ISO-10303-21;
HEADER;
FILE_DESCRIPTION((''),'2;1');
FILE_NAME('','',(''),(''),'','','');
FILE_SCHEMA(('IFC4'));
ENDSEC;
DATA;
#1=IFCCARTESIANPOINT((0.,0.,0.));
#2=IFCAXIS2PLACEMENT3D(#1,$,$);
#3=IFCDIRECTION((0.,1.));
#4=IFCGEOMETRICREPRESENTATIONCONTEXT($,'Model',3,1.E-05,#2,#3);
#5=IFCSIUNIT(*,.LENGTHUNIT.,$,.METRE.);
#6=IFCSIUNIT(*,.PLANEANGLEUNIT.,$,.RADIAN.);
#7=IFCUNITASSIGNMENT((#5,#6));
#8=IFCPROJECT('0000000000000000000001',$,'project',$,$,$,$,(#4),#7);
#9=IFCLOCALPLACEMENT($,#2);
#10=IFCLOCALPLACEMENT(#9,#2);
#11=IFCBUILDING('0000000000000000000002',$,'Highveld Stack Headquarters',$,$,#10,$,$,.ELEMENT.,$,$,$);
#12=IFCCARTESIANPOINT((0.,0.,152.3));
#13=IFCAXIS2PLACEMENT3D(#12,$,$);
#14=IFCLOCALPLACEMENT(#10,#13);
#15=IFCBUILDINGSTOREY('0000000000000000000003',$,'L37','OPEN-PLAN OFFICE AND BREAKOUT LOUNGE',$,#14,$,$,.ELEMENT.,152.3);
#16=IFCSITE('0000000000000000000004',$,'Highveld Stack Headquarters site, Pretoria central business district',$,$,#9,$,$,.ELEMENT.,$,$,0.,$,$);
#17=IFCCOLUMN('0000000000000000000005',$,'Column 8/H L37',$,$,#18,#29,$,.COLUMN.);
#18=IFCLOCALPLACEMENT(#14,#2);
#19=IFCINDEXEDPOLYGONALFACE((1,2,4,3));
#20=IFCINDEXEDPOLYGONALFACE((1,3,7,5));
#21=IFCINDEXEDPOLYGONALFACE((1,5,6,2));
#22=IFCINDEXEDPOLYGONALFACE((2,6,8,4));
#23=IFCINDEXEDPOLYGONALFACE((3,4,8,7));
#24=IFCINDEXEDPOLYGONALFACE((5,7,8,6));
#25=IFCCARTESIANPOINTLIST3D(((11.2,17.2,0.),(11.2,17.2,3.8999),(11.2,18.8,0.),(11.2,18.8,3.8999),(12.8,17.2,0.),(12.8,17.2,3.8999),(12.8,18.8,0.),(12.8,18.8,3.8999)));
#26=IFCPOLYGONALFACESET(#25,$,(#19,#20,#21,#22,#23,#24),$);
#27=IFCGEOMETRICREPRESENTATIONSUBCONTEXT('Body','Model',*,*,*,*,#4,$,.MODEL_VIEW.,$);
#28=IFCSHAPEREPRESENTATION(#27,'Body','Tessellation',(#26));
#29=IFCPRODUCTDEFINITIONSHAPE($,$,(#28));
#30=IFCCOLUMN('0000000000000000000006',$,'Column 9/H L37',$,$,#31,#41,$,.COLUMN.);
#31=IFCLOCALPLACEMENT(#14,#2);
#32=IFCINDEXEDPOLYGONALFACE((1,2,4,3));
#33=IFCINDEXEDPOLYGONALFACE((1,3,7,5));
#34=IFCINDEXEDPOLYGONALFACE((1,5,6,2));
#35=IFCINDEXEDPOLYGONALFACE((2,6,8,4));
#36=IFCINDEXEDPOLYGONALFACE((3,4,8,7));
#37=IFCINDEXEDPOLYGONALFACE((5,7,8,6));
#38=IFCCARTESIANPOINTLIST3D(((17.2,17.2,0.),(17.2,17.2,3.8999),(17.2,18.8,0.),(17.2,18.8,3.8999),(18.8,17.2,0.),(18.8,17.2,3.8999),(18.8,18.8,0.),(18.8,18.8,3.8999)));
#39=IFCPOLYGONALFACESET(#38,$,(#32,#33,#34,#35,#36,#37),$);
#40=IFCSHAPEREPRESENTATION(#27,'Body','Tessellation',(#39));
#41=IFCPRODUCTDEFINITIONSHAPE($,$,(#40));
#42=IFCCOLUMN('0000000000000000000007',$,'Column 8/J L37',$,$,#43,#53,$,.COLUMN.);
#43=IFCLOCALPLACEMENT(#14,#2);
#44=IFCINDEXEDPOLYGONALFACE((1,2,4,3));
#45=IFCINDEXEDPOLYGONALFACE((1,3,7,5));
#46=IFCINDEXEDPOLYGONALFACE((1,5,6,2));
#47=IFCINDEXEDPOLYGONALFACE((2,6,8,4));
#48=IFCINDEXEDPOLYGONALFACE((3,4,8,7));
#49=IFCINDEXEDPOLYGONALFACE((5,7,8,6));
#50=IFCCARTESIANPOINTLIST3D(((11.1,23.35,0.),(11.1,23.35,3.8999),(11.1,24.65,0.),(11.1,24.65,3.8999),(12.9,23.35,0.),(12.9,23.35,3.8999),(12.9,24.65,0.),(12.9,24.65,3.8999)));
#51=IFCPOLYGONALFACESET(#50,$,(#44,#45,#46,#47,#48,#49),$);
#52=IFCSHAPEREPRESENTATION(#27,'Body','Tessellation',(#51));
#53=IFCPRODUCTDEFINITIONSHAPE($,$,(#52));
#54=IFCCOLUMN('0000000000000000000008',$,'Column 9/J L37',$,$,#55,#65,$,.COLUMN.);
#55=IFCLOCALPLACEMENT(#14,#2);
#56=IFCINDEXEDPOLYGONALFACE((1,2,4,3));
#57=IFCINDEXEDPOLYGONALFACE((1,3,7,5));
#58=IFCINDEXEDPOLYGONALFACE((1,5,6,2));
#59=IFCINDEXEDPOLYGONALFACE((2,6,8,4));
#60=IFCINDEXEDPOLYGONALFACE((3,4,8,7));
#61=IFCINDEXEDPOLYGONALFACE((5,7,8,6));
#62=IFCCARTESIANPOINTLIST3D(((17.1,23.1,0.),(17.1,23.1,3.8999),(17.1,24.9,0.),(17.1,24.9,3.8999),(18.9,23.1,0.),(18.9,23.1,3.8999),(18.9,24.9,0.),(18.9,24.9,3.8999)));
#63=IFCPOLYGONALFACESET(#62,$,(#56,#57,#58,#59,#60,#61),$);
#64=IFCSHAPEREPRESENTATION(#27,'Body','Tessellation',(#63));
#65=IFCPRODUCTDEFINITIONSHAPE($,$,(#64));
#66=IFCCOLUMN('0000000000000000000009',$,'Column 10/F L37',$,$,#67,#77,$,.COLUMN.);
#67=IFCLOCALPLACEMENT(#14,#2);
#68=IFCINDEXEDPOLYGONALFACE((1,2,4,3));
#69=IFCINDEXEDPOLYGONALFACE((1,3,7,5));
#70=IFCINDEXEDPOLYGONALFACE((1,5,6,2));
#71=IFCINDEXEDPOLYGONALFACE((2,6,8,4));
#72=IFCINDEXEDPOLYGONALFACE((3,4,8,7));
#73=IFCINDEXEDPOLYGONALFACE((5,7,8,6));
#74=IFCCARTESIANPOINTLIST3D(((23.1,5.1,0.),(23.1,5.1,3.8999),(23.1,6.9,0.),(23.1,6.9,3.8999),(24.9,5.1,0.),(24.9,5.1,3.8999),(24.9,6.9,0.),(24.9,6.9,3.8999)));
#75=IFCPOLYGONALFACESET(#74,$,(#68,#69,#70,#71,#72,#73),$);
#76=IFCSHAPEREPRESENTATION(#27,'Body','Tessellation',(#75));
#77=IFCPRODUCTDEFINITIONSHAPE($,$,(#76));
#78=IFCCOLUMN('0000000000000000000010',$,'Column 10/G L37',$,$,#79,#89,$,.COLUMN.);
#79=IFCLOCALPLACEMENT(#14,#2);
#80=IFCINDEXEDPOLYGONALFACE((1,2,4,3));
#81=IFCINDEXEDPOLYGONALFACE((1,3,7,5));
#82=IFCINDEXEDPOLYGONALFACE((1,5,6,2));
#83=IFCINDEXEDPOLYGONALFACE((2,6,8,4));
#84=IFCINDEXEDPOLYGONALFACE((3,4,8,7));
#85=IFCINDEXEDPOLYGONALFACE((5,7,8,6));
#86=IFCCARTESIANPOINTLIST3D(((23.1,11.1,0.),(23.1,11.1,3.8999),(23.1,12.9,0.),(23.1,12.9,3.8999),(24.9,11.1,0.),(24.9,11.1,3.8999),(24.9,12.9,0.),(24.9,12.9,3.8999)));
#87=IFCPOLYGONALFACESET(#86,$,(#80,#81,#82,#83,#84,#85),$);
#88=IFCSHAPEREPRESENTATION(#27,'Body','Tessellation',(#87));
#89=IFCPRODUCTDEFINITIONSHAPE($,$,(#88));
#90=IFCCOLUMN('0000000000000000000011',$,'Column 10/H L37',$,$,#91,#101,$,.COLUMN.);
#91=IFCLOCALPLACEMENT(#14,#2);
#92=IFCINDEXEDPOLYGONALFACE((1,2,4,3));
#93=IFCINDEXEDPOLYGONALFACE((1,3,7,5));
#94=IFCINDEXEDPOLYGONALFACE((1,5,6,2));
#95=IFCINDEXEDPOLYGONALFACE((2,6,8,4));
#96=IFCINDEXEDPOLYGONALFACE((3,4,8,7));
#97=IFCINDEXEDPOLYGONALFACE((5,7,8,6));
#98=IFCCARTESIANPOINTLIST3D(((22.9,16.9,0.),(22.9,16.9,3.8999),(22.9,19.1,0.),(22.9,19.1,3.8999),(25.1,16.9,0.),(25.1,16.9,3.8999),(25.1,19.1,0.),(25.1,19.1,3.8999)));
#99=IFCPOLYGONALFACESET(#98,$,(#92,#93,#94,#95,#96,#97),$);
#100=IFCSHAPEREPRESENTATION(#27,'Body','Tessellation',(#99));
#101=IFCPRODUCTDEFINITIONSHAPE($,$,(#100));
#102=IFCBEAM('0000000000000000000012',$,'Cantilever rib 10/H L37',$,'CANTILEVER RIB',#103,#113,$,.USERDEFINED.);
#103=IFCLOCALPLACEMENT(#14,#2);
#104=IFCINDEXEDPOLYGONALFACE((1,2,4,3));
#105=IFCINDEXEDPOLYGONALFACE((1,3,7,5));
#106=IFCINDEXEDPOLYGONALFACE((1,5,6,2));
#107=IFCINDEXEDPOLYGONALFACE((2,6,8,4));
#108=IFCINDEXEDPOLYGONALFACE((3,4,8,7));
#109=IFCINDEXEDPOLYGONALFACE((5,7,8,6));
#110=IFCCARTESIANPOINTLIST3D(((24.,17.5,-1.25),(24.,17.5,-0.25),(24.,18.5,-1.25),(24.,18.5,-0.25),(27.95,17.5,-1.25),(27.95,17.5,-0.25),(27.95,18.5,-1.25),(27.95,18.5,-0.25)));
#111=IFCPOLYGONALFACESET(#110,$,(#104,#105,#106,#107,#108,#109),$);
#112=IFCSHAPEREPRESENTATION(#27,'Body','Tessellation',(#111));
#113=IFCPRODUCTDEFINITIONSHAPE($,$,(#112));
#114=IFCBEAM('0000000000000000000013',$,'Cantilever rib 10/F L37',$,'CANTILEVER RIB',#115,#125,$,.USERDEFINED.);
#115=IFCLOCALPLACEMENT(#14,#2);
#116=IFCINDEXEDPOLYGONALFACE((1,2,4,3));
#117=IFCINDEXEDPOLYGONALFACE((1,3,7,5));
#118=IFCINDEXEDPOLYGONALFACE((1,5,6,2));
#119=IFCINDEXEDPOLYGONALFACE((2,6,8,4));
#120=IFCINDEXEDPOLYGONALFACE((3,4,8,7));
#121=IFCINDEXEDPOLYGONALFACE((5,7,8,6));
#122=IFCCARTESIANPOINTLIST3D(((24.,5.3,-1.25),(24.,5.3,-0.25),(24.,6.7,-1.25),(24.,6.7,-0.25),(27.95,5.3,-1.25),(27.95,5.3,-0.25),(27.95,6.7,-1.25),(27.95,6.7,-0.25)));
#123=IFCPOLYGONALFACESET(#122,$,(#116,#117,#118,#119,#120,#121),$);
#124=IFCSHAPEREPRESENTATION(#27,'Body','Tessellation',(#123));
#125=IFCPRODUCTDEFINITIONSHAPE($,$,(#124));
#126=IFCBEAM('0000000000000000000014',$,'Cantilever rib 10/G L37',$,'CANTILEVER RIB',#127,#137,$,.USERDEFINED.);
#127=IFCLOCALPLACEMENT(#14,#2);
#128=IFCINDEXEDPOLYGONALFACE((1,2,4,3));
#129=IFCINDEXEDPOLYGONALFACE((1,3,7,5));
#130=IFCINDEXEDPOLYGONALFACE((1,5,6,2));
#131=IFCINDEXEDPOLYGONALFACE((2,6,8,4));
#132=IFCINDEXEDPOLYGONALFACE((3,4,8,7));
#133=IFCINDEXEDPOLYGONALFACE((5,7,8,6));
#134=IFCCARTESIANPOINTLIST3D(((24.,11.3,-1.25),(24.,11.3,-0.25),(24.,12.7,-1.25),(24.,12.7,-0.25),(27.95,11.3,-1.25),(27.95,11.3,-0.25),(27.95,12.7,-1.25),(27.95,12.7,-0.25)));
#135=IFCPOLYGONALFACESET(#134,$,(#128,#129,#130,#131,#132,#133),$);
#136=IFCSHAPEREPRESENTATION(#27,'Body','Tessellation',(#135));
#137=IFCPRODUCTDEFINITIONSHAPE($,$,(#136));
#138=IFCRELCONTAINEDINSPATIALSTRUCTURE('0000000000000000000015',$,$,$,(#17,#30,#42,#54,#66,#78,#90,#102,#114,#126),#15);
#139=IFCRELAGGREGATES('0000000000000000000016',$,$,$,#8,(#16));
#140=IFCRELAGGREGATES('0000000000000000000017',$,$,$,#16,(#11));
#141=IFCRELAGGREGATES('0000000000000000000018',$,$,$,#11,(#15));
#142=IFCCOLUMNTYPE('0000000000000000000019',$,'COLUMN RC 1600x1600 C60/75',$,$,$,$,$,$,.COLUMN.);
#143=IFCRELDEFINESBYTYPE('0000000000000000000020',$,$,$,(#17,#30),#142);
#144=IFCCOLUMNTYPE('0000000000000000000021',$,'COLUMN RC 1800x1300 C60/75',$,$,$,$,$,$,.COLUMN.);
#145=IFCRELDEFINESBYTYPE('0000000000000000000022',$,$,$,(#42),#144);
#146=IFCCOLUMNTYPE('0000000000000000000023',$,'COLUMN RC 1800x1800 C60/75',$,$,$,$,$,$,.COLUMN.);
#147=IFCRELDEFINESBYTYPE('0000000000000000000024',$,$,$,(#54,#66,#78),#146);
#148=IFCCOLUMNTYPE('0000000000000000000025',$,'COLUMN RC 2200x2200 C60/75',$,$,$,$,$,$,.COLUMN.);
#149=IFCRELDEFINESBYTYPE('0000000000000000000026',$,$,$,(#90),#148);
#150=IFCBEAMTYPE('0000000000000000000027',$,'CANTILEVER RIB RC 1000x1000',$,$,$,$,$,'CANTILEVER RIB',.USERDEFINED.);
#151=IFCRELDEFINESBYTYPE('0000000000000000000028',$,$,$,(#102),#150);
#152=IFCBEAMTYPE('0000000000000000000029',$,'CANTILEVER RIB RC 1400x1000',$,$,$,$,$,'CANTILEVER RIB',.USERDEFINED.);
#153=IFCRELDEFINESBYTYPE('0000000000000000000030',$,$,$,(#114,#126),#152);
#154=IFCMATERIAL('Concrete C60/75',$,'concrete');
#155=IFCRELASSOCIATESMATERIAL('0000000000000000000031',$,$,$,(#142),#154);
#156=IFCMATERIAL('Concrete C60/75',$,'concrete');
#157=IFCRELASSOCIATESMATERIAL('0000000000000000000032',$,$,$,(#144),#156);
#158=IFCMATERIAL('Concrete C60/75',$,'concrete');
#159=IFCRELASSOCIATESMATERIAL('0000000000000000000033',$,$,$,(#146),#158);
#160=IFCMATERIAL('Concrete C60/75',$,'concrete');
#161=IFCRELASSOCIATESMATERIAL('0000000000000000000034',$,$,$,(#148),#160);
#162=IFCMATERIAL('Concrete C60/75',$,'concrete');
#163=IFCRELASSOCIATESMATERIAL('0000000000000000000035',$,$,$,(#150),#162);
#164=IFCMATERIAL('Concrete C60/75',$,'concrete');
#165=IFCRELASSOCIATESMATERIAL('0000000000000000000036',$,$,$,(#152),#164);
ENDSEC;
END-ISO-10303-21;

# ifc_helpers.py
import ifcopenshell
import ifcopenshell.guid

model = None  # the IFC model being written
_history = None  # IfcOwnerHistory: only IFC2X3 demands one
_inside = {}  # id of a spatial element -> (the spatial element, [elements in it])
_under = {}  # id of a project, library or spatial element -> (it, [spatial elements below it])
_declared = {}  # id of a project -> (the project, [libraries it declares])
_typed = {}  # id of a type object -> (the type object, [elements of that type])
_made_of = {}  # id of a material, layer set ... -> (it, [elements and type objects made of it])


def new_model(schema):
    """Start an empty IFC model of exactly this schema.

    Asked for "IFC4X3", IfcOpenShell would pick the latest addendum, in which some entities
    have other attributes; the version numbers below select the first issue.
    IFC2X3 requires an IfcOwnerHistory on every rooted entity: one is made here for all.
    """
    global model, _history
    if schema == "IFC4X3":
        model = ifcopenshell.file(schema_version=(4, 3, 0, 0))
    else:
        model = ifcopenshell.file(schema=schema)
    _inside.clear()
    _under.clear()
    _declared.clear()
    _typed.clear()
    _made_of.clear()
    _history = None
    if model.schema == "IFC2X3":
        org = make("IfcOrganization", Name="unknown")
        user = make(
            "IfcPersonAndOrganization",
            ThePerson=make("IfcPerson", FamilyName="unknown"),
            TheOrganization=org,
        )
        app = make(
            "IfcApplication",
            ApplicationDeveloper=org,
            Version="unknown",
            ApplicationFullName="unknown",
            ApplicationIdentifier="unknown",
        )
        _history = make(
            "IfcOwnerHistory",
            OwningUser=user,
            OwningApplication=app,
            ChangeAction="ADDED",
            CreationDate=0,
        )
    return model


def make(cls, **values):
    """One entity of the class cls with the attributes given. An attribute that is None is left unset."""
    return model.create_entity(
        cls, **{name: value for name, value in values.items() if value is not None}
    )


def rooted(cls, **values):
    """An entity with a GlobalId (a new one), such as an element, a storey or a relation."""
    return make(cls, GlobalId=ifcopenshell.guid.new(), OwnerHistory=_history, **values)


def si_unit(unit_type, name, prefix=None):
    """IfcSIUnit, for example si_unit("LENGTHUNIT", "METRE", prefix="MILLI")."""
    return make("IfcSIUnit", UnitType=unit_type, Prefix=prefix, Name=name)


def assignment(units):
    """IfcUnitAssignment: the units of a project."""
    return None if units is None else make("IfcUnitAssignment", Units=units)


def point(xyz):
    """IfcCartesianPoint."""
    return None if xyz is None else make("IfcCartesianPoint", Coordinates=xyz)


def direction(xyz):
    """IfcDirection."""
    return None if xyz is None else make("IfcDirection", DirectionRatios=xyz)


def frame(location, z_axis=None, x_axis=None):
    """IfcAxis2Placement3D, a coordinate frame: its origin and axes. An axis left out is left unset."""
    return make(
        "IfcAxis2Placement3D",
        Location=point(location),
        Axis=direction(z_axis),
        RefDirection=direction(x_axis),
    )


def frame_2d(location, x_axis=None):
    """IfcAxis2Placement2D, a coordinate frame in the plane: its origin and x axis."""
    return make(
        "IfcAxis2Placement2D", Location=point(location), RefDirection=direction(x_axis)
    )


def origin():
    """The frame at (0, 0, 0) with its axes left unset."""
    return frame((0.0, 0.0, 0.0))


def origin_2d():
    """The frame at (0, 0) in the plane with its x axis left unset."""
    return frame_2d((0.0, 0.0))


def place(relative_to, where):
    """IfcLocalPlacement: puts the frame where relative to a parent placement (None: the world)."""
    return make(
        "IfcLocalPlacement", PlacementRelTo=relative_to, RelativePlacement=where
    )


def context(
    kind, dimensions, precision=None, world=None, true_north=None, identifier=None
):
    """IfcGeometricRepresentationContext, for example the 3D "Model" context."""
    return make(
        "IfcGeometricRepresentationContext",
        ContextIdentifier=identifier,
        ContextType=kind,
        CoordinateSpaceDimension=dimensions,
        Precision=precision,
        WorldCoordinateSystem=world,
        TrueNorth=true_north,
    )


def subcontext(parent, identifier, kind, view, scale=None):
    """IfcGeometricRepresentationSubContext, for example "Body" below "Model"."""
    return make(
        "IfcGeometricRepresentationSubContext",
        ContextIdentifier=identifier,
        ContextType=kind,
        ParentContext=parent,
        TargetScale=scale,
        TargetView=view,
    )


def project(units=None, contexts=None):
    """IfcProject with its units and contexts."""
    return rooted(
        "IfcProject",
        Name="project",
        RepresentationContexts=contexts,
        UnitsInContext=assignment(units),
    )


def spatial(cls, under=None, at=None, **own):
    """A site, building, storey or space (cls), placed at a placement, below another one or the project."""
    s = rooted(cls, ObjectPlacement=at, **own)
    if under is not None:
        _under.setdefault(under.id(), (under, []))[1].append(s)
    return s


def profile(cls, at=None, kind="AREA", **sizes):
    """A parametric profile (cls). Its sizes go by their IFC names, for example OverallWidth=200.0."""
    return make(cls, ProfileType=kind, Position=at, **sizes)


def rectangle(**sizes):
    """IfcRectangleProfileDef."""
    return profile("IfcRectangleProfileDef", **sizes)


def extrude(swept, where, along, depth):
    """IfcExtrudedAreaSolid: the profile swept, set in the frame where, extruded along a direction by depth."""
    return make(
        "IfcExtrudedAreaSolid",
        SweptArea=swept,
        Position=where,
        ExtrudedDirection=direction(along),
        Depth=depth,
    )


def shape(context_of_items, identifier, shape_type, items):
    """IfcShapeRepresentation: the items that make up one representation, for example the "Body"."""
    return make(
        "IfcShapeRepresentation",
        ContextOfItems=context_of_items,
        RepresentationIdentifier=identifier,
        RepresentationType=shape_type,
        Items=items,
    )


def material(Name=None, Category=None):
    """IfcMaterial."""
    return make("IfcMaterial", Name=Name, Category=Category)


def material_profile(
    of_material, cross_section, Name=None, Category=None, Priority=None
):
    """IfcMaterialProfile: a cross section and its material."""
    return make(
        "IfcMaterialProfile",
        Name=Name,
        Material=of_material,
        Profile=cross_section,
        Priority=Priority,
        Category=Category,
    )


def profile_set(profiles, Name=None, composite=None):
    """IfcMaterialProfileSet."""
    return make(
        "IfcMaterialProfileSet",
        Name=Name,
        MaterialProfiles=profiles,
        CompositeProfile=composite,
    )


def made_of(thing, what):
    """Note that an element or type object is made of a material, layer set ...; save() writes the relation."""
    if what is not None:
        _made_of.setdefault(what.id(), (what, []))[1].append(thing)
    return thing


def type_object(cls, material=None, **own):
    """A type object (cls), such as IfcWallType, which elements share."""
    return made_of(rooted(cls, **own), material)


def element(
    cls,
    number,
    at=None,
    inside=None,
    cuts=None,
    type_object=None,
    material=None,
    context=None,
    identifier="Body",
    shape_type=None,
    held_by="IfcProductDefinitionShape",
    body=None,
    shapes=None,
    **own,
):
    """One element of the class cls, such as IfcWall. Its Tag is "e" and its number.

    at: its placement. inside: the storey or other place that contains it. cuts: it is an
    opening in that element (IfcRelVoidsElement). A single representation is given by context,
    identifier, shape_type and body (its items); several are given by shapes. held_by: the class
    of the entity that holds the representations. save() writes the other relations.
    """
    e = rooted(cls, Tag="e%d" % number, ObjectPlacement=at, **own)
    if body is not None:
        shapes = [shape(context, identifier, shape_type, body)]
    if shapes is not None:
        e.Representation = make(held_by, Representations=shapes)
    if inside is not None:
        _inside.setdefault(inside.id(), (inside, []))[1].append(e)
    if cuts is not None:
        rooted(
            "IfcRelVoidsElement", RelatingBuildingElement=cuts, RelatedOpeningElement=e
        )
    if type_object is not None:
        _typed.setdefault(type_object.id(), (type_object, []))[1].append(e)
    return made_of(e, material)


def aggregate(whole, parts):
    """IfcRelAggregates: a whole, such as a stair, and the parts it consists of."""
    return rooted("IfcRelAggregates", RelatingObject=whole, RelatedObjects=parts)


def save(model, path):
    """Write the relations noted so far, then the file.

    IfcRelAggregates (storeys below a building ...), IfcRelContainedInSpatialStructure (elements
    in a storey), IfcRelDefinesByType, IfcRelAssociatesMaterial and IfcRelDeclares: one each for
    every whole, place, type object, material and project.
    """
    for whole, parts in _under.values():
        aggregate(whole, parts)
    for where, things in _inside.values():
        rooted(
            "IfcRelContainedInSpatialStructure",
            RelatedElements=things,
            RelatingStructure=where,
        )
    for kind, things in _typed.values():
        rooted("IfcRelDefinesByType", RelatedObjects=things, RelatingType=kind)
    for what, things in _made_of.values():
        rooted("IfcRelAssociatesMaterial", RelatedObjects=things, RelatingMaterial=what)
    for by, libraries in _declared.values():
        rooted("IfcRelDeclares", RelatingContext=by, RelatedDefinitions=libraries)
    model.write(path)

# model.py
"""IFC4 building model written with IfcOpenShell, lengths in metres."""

from ifc_helpers import new_model, si_unit, direction, frame, origin, origin_2d, place, context, subcontext, project, spatial, rectangle, extrude, material, material_profile, profile_set, type_object, element, save


model = new_model("IFC4")

# Units and contexts
model_context = context("Model", 3, precision=1e-05, world=origin(), true_north=direction((0.0, 1.0)))
body_context = subcontext(model_context, "Body", "Model", "MODEL_VIEW")
ifc_project = project(units=[si_unit("LENGTHUNIT", "METRE"), si_unit("PLANEANGLEUNIT", "RADIAN")], contexts=[model_context])

# Site, building, storey
site_placement = place(None, origin())
site = spatial("IfcSite", under=ifc_project, at=site_placement, Name="Highveld Stack Headquarters site, Pretoria central business district", CompositionType="ELEMENT", RefElevation=0.0)
building_placement = place(site_placement, origin())
building = spatial("IfcBuilding", under=site, at=building_placement, Name="Highveld Stack Headquarters", CompositionType="ELEMENT")
storey_placement = place(building_placement, frame((0.0, 0.0, 152.3)))
storey = spatial("IfcBuildingStorey", under=building, at=storey_placement, Name="L37", Description="OPEN-PLAN OFFICE AND BREAKOUT LOUNGE", CompositionType="ELEMENT", Elevation=152.3)

# Columns
ifc_material_1 = material(Name="Concrete C60/75", Category="concrete")
ifc_material_profile_1 = material_profile(ifc_material_1, rectangle(XDim=1.6001, YDim=1.6001, at=origin_2d()), Name="RC 1600x1600")
ifc_profile_set_1 = profile_set([ifc_material_profile_1], Name="Concrete C60/75")
column_type_1 = type_object("IfcColumnType", Name="COLUMN RC 1600x1600 C60/75", PredefinedType="COLUMN", material=ifc_profile_set_1)
for number, where, z_axis, x_axis, name in (
    (1, (12.0, 18.0, 0.0), (0.0, 0.0, 1.0), (1.0, 0.0, 0.0), "Column 8/H L37"),
    (2, (18.0, 18.0, 0.0), (0.0, 0.0, 1.0), (1.0, 0.0, 0.0), "Column 9/H L37"),
):
    element("IfcColumn", number, at=place(storey_placement, frame(where, z_axis=z_axis, x_axis=x_axis)), inside=storey, type_object=column_type_1, Name=name, PredefinedType="COLUMN", context=body_context, shape_type="SweptSolid", body=[
        extrude(rectangle(XDim=1.6001, YDim=1.6001, at=origin_2d()), origin(), (0.0, 0.0, 1.0), 3.8999),
    ])
ifc_material_2 = material(Name="Concrete C60/75", Category="concrete")
ifc_material_profile_2 = material_profile(ifc_material_2, rectangle(XDim=1.8, YDim=1.3, at=origin_2d()), Name="RC 1800x1300")
ifc_profile_set_2 = profile_set([ifc_material_profile_2], Name="Concrete C60/75")
column_type_2 = type_object("IfcColumnType", Name="COLUMN RC 1800x1300 C60/75", PredefinedType="COLUMN", material=ifc_profile_set_2)
column_1_placement = place(storey_placement, frame((12.0, 24.0, 0.0), z_axis=(0.0, 0.0, 1.0), x_axis=(1.0, 0.0, 0.0)))
element("IfcColumn", 3, at=column_1_placement, inside=storey, type_object=column_type_2, Name="Column 8/J L37", PredefinedType="COLUMN", context=body_context, shape_type="SweptSolid", body=[
    extrude(rectangle(XDim=1.8, YDim=1.3, at=origin_2d()), origin(), (0.0, 0.0, 1.0), 3.8999),
])
ifc_material_3 = material(Name="Concrete C60/75", Category="concrete")
ifc_material_profile_3 = material_profile(ifc_material_3, rectangle(XDim=1.8, YDim=1.8, at=origin_2d()), Name="RC 1800x1800")
ifc_profile_set_3 = profile_set([ifc_material_profile_3], Name="Concrete C60/75")
column_type_3 = type_object("IfcColumnType", Name="COLUMN RC 1800x1800 C60/75", PredefinedType="COLUMN", material=ifc_profile_set_3)
for number, where, z_axis, x_axis, name in (
    (4, (18.0, 24.0, 0.0), (0.0, 0.0, 1.0), (1.0, 0.0, 0.0), "Column 9/J L37"),
    (5, (24.0, 6.0, 0.0), (0.0, 0.0, 1.0), (1.0, 0.0, 0.0), "Column 10/F L37"),
    (6, (24.0, 12.0, 0.0), (0.0, 0.0, 1.0), (1.0, 0.0, 0.0), "Column 10/G L37"),
):
    element("IfcColumn", number, at=place(storey_placement, frame(where, z_axis=z_axis, x_axis=x_axis)), inside=storey, type_object=column_type_3, Name=name, PredefinedType="COLUMN", context=body_context, shape_type="SweptSolid", body=[
        extrude(rectangle(XDim=1.8, YDim=1.8, at=origin_2d()), origin(), (0.0, 0.0, 1.0), 3.8999),
    ])
ifc_material_4 = material(Name="Concrete C60/75", Category="concrete")
ifc_material_profile_4 = material_profile(ifc_material_4, rectangle(XDim=2.2, YDim=2.2, at=origin_2d()), Name="RC 2200x2200")
ifc_profile_set_4 = profile_set([ifc_material_profile_4], Name="Concrete C60/75")
column_type_4 = type_object("IfcColumnType", Name="COLUMN RC 2200x2200 C60/75", PredefinedType="COLUMN", material=ifc_profile_set_4)
column_2_placement = place(storey_placement, frame((24.0, 18.0, 0.0), z_axis=(0.0, 0.0, 1.0), x_axis=(1.0, 0.0, 0.0)))
element("IfcColumn", 7, at=column_2_placement, inside=storey, type_object=column_type_4, Name="Column 10/H L37", PredefinedType="COLUMN", context=body_context, shape_type="SweptSolid", body=[
    extrude(rectangle(XDim=2.2, YDim=2.2, at=origin_2d()), origin(), (0.0, 0.0, 1.0), 3.8999),
])

# Beams
ifc_material_5 = material(Name="Concrete C60/75", Category="concrete")
ifc_material_profile_5 = material_profile(ifc_material_5, rectangle(XDim=1.0, YDim=1.0, at=origin_2d()), Name="RC 1000x1000")
ifc_profile_set_5 = profile_set([ifc_material_profile_5], Name="Concrete C60/75")
beam_type_1 = type_object("IfcBeamType", Name="CANTILEVER RIB RC 1000x1000", ElementType="CANTILEVER RIB", PredefinedType="USERDEFINED", material=ifc_profile_set_5)
beam_placement = place(storey_placement, frame((24.0, 18.0, -0.75), z_axis=(1.0, 0.0, 0.0), x_axis=(0.0, 1.0, 0.0)))
element("IfcBeam", 8, at=beam_placement, inside=storey, type_object=beam_type_1, Name="Cantilever rib 10/H L37", ObjectType="CANTILEVER RIB", PredefinedType="USERDEFINED", context=body_context, shape_type="SweptSolid", body=[
    extrude(rectangle(XDim=1.0, YDim=1.0, at=origin_2d()), origin(), (0.0, 0.0, 1.0), 3.95),
])
ifc_material_6 = material(Name="Concrete C60/75", Category="concrete")
ifc_material_profile_6 = material_profile(ifc_material_6, rectangle(XDim=1.3999, YDim=1.0, at=origin_2d()), Name="RC 1400x1000")
ifc_profile_set_6 = profile_set([ifc_material_profile_6], Name="Concrete C60/75")
beam_type_2 = type_object("IfcBeamType", Name="CANTILEVER RIB RC 1400x1000", ElementType="CANTILEVER RIB", PredefinedType="USERDEFINED", material=ifc_profile_set_6)
for number, where, z_axis, x_axis, name in (
    (9, (24.0, 6.0, -0.75), (1.0, 0.0, 0.0), (0.0, 1.0, 0.0), "Cantilever rib 10/F L37"),
    (10, (24.0, 12.0, -0.75), (1.0, 0.0, 0.0), (0.0, 1.0, 0.0), "Cantilever rib 10/G L37"),
):
    element("IfcBeam", number, at=place(storey_placement, frame(where, z_axis=z_axis, x_axis=x_axis)), inside=storey, type_object=beam_type_2, Name=name, ObjectType="CANTILEVER RIB", PredefinedType="USERDEFINED", context=body_context, shape_type="SweptSolid", body=[
        extrude(rectangle(XDim=1.3999, YDim=1.0, at=origin_2d()), origin(), (0.0, 0.0, 1.0), 3.95),
    ])

save(model, "model.ifc")
